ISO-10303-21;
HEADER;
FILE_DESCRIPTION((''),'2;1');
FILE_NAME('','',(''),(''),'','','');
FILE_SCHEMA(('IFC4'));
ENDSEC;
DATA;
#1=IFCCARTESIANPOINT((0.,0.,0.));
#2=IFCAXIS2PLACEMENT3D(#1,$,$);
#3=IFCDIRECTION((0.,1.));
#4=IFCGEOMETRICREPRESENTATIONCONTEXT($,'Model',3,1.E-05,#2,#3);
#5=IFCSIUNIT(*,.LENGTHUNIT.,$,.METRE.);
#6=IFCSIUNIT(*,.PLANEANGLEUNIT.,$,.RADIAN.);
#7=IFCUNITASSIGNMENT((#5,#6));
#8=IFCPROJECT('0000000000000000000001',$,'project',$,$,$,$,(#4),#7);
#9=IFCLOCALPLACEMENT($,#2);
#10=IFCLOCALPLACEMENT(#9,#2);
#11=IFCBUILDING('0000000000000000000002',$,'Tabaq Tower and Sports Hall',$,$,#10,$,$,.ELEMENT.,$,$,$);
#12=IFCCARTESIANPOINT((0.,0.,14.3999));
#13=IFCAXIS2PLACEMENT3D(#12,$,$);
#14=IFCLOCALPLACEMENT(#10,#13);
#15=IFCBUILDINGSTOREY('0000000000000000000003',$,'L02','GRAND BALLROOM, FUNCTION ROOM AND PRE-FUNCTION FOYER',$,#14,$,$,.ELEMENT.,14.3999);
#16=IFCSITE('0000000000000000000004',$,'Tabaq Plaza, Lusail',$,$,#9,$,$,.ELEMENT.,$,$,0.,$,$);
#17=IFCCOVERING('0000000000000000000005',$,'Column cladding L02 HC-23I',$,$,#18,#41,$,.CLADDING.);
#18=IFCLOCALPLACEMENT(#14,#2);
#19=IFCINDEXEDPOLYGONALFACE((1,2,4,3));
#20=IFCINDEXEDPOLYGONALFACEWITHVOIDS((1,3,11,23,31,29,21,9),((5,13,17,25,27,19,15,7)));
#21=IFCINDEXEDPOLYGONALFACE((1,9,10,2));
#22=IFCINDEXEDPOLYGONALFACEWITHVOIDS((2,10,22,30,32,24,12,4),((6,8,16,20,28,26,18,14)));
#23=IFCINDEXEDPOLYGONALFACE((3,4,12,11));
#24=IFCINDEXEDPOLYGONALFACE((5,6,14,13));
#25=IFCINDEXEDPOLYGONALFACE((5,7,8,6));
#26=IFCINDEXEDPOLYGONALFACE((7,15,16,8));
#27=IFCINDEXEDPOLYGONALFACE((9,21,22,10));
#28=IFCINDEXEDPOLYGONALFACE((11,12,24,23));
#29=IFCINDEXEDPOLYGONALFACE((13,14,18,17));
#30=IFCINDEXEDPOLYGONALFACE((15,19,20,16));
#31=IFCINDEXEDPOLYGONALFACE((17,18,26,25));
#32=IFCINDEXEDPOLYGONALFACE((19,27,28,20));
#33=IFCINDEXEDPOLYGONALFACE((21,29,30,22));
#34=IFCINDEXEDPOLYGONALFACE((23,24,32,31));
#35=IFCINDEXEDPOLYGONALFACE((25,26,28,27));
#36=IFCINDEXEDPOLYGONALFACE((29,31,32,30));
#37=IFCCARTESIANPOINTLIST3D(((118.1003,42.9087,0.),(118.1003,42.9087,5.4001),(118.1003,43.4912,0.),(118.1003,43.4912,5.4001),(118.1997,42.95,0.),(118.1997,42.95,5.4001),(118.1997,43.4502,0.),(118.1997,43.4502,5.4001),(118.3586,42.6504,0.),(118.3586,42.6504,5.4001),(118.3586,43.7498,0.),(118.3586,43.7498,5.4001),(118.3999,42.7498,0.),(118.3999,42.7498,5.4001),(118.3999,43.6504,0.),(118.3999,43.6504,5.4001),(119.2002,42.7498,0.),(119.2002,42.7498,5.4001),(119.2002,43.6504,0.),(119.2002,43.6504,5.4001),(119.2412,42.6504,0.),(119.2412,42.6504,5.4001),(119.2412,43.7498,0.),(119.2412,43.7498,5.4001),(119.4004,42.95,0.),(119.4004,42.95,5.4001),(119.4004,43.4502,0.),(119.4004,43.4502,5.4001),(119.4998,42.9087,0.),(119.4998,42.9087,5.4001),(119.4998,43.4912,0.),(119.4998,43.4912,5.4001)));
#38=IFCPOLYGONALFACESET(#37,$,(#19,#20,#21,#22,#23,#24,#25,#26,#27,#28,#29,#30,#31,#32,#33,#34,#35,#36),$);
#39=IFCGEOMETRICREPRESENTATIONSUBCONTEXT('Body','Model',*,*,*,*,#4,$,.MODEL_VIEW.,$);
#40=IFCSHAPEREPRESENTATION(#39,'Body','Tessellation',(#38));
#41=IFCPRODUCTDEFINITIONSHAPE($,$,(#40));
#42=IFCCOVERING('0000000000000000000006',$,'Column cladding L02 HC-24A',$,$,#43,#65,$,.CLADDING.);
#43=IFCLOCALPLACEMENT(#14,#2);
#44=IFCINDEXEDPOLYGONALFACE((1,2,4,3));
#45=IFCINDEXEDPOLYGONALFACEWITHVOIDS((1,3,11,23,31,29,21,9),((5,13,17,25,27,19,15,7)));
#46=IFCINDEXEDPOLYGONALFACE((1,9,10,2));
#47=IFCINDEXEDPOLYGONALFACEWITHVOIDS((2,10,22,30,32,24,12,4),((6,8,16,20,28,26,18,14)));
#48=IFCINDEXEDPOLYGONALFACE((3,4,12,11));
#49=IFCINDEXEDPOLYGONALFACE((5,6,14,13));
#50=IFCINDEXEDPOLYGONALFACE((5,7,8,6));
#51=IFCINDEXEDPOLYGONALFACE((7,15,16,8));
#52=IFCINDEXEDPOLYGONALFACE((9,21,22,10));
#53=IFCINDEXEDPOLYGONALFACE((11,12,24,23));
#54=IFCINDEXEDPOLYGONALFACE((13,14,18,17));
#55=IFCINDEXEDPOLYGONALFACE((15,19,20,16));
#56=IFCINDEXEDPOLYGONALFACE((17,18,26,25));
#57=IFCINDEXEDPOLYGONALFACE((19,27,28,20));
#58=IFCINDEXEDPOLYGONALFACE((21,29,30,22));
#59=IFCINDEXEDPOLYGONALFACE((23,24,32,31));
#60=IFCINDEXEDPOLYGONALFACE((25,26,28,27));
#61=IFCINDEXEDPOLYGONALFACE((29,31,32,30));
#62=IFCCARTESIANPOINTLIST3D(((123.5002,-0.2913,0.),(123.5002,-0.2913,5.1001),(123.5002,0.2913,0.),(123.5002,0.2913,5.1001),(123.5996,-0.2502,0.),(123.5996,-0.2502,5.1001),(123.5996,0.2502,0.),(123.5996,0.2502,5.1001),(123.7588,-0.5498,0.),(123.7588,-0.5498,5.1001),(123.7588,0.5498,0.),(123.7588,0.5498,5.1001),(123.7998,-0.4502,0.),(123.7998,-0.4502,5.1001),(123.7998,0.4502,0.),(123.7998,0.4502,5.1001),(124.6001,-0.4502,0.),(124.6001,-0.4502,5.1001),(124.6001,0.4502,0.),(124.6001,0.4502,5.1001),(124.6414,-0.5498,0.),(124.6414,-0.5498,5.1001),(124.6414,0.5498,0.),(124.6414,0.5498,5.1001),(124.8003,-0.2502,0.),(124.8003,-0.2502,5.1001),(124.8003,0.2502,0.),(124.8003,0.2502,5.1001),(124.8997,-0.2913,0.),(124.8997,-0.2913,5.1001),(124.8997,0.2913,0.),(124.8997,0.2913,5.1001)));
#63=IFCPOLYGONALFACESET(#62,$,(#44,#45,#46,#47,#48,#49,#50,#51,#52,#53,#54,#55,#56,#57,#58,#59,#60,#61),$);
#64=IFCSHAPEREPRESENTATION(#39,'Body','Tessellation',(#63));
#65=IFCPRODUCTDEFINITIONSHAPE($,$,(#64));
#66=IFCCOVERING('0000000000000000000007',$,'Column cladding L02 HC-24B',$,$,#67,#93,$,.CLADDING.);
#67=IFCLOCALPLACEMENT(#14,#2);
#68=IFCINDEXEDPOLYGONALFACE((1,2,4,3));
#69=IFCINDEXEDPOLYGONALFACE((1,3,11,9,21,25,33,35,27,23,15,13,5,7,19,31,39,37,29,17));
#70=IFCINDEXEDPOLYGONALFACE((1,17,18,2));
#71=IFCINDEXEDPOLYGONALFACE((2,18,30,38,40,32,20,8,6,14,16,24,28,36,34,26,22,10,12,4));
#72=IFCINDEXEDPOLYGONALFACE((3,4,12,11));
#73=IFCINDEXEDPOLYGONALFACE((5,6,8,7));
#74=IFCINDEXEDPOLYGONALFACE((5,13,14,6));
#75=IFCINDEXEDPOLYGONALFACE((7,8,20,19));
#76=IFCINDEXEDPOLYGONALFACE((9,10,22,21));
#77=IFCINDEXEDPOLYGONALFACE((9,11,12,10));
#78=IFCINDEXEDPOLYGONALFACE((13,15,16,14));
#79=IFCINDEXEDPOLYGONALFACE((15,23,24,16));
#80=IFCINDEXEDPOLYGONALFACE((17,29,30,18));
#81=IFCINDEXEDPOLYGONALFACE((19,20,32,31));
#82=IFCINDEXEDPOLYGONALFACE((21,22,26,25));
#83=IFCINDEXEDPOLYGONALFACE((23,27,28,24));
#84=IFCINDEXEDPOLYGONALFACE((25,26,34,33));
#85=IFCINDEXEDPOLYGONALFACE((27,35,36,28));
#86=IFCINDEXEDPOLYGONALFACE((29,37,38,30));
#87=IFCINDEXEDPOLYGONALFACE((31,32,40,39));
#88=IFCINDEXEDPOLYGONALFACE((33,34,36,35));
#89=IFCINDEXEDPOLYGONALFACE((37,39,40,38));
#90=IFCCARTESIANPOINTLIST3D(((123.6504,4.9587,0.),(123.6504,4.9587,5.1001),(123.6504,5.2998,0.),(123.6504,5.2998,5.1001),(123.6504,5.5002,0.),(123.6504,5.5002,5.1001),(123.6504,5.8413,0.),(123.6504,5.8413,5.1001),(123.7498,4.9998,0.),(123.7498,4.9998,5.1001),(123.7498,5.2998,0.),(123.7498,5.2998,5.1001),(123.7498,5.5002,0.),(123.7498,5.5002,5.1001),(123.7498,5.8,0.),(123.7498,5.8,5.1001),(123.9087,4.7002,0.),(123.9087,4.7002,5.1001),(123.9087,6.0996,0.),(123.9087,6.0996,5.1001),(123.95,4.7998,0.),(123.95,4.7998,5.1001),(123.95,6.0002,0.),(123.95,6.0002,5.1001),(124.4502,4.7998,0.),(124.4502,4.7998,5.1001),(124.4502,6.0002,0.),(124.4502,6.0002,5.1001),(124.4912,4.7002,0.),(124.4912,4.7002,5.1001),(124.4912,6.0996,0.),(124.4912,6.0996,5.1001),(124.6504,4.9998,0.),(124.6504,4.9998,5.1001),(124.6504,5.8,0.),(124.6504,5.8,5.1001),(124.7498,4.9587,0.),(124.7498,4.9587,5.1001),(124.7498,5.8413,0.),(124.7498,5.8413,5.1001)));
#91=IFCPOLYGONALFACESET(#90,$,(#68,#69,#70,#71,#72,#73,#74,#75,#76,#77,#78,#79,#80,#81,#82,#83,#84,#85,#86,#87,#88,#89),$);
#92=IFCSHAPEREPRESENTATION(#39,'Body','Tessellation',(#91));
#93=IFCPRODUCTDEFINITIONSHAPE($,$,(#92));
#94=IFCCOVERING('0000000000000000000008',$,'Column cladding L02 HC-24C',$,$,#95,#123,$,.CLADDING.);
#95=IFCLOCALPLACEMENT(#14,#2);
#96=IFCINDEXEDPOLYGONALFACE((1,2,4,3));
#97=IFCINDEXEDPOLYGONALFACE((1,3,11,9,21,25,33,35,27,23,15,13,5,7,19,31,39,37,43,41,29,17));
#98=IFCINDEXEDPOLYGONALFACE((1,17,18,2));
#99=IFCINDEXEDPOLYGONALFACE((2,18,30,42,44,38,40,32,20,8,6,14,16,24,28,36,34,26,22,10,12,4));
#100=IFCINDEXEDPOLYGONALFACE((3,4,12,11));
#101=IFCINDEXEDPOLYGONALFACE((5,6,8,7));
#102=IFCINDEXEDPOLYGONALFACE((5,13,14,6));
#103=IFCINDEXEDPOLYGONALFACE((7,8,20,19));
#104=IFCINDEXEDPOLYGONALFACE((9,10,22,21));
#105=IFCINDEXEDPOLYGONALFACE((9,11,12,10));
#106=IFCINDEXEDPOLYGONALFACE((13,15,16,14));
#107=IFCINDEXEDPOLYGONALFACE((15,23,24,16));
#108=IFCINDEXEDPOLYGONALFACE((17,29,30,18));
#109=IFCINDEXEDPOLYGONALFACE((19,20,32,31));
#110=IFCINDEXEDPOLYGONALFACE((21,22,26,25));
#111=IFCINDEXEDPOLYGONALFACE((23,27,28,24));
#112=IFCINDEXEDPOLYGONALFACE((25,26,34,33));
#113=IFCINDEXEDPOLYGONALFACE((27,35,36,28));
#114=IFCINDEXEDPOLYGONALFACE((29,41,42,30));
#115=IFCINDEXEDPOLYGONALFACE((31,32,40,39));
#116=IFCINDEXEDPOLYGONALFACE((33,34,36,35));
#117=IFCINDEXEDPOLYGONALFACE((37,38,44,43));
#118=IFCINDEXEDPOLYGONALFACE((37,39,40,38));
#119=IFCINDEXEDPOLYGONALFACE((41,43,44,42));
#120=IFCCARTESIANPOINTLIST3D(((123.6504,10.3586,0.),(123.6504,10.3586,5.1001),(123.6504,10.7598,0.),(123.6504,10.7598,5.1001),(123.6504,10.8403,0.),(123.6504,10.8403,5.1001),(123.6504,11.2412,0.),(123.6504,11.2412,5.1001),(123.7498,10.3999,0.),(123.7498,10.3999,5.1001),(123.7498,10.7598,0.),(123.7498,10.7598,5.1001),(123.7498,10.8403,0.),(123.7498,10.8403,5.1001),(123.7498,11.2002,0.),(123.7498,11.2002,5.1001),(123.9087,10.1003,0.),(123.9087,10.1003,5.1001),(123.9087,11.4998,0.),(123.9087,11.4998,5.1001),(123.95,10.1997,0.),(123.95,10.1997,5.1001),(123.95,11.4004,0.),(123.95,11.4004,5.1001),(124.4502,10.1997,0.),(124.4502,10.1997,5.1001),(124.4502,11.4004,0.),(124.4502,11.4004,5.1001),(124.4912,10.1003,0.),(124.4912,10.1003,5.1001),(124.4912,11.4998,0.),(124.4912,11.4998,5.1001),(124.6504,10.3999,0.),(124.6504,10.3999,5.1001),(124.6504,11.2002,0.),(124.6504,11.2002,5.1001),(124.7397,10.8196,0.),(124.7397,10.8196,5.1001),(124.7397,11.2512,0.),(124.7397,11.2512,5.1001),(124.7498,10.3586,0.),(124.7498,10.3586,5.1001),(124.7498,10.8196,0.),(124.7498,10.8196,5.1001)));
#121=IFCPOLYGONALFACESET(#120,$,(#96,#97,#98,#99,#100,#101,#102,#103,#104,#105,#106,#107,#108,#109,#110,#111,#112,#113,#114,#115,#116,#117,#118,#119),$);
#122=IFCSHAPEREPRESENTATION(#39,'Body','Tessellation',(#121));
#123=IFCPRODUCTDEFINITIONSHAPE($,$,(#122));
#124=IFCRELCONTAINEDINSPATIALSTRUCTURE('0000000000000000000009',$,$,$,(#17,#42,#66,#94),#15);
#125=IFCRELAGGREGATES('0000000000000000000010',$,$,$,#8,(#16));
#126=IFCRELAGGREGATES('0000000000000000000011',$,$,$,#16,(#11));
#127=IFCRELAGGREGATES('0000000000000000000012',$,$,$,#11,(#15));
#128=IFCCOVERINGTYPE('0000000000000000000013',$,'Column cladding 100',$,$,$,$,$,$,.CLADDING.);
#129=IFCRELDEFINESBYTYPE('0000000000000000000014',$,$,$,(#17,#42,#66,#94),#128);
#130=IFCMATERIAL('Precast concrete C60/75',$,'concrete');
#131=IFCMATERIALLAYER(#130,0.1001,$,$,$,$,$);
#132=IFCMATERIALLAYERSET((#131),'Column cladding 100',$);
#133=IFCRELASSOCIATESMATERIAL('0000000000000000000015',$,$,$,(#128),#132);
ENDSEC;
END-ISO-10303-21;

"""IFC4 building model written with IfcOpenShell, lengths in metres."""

from ifc_helpers import new_model, si_unit, direction, frame, origin, place, context, subcontext, project, spatial, polyline, outline, extrude, material, layer, layer_set, type_object, element, save


model = new_model("IFC4")

# Units and contexts
model_context = context("Model", 3, precision=1e-05, world=origin(), true_north=direction((0.0, 1.0)))
body_context = subcontext(model_context, "Body", "Model", "MODEL_VIEW")
ifc_project = project(units=[si_unit("LENGTHUNIT", "METRE"), si_unit("PLANEANGLEUNIT", "RADIAN")], contexts=[model_context])

# Site, building, storey
site_placement = place(None, origin())
site = spatial("IfcSite", under=ifc_project, at=site_placement, Name="Tabaq Plaza, Lusail", CompositionType="ELEMENT", RefElevation=0.0)
building_placement = place(site_placement, origin())
building = spatial("IfcBuilding", under=site, at=building_placement, Name="Tabaq Tower and Sports Hall", CompositionType="ELEMENT")
storey_placement = place(building_placement, frame((0.0, 0.0, 14.3999)))
storey = spatial("IfcBuildingStorey", under=building, at=storey_placement, Name="L02", Description="GRAND BALLROOM, FUNCTION ROOM AND PRE-FUNCTION FOYER", CompositionType="ELEMENT", Elevation=14.3999)

# Coverings
ifc_material = material(Name="Precast concrete C60/75", Category="concrete")
ifc_layer = layer(ifc_material, 0.1001)
ifc_layer_set = layer_set([ifc_layer], Name="Column cladding 100")
covering_type = type_object("IfcCoveringType", Name="Column cladding 100", PredefinedType="CLADDING", material=ifc_layer_set)
covering_1_placement = place(storey_placement, origin())
element("IfcCovering", 1, at=covering_1_placement, inside=storey, type_object=covering_type, Name="Column cladding L02 HC-23I", PredefinedType="CLADDING", context=body_context, shape_type="SweptSolid", body=[
    extrude(outline(polyline([(118.1003, 42.9087), (118.1003, 43.4912), (118.3586, 43.7498), (119.2412, 43.7498), (119.4998, 43.4912), (119.4998, 42.9087), (119.2412, 42.6504), (118.3586, 42.6504), (118.1003, 42.9087)]), holes=[polyline([(119.2002, 42.7498), (119.4004, 42.95), (119.4004, 43.4502), (119.2002, 43.6504), (118.3999, 43.6504), (118.1997, 43.4502), (118.1997, 42.95), (118.3999, 42.7498), (119.2002, 42.7498)])]), origin(), (0.0, 0.0, 1.0), 5.4001),
])
covering_2_placement = place(storey_placement, origin())
element("IfcCovering", 2, at=covering_2_placement, inside=storey, type_object=covering_type, Name="Column cladding L02 HC-24A", PredefinedType="CLADDING", context=body_context, shape_type="SweptSolid", body=[
    extrude(outline(polyline([(123.5002, -0.2913), (123.5002, 0.2913), (123.7588, 0.5498), (124.6414, 0.5498), (124.8997, 0.2913), (124.8997, -0.2913), (124.6414, -0.5498), (123.7588, -0.5498), (123.5002, -0.2913)]), holes=[polyline([(124.6001, -0.4502), (124.8003, -0.2502), (124.8003, 0.2502), (124.6001, 0.4502), (123.7998, 0.4502), (123.5996, 0.2502), (123.5996, -0.2502), (123.7998, -0.4502), (124.6001, -0.4502)])]), origin(), (0.0, 0.0, 1.0), 5.1001),
])
covering_3_placement = place(storey_placement, origin())
element("IfcCovering", 3, at=covering_3_placement, inside=storey, type_object=covering_type, Name="Column cladding L02 HC-24B", PredefinedType="CLADDING", context=body_context, shape_type="SweptSolid", body=[
    extrude(outline(polyline([(123.9087, 4.7002), (123.6504, 4.9587), (123.6504, 5.2998), (123.7498, 5.2998), (123.7498, 4.9998), (123.95, 4.7998), (124.4502, 4.7998), (124.6504, 4.9998), (124.6504, 5.8), (124.4502, 6.0002), (123.95, 6.0002), (123.7498, 5.8), (123.7498, 5.5002), (123.6504, 5.5002), (123.6504, 5.8413), (123.9087, 6.0996), (124.4912, 6.0996), (124.7498, 5.8413), (124.7498, 4.9587), (124.4912, 4.7002), (123.9087, 4.7002)])), origin(), (0.0, 0.0, 1.0), 5.1001),
])
covering_4_placement = place(storey_placement, origin())
element("IfcCovering", 4, at=covering_4_placement, inside=storey, type_object=covering_type, Name="Column cladding L02 HC-24C", PredefinedType="CLADDING", context=body_context, shape_type="SweptSolid", body=[
    extrude(outline(polyline([(123.9087, 10.1003), (123.6504, 10.3586), (123.6504, 10.7598), (123.7498, 10.7598), (123.7498, 10.3999), (123.95, 10.1997), (124.4502, 10.1997), (124.6504, 10.3999), (124.6504, 11.2002), (124.4502, 11.4004), (123.95, 11.4004), (123.7498, 11.2002), (123.7498, 10.8403), (123.6504, 10.8403), (123.6504, 11.2412), (123.9087, 11.4998), (124.4912, 11.4998), (124.7397, 11.2512), (124.7397, 10.8196), (124.7498, 10.8196), (124.7498, 10.3586), (124.4912, 10.1003), (123.9087, 10.1003)])), origin(), (0.0, 0.0, 1.0), 5.1001),
])

save(model, "model.ifc")
